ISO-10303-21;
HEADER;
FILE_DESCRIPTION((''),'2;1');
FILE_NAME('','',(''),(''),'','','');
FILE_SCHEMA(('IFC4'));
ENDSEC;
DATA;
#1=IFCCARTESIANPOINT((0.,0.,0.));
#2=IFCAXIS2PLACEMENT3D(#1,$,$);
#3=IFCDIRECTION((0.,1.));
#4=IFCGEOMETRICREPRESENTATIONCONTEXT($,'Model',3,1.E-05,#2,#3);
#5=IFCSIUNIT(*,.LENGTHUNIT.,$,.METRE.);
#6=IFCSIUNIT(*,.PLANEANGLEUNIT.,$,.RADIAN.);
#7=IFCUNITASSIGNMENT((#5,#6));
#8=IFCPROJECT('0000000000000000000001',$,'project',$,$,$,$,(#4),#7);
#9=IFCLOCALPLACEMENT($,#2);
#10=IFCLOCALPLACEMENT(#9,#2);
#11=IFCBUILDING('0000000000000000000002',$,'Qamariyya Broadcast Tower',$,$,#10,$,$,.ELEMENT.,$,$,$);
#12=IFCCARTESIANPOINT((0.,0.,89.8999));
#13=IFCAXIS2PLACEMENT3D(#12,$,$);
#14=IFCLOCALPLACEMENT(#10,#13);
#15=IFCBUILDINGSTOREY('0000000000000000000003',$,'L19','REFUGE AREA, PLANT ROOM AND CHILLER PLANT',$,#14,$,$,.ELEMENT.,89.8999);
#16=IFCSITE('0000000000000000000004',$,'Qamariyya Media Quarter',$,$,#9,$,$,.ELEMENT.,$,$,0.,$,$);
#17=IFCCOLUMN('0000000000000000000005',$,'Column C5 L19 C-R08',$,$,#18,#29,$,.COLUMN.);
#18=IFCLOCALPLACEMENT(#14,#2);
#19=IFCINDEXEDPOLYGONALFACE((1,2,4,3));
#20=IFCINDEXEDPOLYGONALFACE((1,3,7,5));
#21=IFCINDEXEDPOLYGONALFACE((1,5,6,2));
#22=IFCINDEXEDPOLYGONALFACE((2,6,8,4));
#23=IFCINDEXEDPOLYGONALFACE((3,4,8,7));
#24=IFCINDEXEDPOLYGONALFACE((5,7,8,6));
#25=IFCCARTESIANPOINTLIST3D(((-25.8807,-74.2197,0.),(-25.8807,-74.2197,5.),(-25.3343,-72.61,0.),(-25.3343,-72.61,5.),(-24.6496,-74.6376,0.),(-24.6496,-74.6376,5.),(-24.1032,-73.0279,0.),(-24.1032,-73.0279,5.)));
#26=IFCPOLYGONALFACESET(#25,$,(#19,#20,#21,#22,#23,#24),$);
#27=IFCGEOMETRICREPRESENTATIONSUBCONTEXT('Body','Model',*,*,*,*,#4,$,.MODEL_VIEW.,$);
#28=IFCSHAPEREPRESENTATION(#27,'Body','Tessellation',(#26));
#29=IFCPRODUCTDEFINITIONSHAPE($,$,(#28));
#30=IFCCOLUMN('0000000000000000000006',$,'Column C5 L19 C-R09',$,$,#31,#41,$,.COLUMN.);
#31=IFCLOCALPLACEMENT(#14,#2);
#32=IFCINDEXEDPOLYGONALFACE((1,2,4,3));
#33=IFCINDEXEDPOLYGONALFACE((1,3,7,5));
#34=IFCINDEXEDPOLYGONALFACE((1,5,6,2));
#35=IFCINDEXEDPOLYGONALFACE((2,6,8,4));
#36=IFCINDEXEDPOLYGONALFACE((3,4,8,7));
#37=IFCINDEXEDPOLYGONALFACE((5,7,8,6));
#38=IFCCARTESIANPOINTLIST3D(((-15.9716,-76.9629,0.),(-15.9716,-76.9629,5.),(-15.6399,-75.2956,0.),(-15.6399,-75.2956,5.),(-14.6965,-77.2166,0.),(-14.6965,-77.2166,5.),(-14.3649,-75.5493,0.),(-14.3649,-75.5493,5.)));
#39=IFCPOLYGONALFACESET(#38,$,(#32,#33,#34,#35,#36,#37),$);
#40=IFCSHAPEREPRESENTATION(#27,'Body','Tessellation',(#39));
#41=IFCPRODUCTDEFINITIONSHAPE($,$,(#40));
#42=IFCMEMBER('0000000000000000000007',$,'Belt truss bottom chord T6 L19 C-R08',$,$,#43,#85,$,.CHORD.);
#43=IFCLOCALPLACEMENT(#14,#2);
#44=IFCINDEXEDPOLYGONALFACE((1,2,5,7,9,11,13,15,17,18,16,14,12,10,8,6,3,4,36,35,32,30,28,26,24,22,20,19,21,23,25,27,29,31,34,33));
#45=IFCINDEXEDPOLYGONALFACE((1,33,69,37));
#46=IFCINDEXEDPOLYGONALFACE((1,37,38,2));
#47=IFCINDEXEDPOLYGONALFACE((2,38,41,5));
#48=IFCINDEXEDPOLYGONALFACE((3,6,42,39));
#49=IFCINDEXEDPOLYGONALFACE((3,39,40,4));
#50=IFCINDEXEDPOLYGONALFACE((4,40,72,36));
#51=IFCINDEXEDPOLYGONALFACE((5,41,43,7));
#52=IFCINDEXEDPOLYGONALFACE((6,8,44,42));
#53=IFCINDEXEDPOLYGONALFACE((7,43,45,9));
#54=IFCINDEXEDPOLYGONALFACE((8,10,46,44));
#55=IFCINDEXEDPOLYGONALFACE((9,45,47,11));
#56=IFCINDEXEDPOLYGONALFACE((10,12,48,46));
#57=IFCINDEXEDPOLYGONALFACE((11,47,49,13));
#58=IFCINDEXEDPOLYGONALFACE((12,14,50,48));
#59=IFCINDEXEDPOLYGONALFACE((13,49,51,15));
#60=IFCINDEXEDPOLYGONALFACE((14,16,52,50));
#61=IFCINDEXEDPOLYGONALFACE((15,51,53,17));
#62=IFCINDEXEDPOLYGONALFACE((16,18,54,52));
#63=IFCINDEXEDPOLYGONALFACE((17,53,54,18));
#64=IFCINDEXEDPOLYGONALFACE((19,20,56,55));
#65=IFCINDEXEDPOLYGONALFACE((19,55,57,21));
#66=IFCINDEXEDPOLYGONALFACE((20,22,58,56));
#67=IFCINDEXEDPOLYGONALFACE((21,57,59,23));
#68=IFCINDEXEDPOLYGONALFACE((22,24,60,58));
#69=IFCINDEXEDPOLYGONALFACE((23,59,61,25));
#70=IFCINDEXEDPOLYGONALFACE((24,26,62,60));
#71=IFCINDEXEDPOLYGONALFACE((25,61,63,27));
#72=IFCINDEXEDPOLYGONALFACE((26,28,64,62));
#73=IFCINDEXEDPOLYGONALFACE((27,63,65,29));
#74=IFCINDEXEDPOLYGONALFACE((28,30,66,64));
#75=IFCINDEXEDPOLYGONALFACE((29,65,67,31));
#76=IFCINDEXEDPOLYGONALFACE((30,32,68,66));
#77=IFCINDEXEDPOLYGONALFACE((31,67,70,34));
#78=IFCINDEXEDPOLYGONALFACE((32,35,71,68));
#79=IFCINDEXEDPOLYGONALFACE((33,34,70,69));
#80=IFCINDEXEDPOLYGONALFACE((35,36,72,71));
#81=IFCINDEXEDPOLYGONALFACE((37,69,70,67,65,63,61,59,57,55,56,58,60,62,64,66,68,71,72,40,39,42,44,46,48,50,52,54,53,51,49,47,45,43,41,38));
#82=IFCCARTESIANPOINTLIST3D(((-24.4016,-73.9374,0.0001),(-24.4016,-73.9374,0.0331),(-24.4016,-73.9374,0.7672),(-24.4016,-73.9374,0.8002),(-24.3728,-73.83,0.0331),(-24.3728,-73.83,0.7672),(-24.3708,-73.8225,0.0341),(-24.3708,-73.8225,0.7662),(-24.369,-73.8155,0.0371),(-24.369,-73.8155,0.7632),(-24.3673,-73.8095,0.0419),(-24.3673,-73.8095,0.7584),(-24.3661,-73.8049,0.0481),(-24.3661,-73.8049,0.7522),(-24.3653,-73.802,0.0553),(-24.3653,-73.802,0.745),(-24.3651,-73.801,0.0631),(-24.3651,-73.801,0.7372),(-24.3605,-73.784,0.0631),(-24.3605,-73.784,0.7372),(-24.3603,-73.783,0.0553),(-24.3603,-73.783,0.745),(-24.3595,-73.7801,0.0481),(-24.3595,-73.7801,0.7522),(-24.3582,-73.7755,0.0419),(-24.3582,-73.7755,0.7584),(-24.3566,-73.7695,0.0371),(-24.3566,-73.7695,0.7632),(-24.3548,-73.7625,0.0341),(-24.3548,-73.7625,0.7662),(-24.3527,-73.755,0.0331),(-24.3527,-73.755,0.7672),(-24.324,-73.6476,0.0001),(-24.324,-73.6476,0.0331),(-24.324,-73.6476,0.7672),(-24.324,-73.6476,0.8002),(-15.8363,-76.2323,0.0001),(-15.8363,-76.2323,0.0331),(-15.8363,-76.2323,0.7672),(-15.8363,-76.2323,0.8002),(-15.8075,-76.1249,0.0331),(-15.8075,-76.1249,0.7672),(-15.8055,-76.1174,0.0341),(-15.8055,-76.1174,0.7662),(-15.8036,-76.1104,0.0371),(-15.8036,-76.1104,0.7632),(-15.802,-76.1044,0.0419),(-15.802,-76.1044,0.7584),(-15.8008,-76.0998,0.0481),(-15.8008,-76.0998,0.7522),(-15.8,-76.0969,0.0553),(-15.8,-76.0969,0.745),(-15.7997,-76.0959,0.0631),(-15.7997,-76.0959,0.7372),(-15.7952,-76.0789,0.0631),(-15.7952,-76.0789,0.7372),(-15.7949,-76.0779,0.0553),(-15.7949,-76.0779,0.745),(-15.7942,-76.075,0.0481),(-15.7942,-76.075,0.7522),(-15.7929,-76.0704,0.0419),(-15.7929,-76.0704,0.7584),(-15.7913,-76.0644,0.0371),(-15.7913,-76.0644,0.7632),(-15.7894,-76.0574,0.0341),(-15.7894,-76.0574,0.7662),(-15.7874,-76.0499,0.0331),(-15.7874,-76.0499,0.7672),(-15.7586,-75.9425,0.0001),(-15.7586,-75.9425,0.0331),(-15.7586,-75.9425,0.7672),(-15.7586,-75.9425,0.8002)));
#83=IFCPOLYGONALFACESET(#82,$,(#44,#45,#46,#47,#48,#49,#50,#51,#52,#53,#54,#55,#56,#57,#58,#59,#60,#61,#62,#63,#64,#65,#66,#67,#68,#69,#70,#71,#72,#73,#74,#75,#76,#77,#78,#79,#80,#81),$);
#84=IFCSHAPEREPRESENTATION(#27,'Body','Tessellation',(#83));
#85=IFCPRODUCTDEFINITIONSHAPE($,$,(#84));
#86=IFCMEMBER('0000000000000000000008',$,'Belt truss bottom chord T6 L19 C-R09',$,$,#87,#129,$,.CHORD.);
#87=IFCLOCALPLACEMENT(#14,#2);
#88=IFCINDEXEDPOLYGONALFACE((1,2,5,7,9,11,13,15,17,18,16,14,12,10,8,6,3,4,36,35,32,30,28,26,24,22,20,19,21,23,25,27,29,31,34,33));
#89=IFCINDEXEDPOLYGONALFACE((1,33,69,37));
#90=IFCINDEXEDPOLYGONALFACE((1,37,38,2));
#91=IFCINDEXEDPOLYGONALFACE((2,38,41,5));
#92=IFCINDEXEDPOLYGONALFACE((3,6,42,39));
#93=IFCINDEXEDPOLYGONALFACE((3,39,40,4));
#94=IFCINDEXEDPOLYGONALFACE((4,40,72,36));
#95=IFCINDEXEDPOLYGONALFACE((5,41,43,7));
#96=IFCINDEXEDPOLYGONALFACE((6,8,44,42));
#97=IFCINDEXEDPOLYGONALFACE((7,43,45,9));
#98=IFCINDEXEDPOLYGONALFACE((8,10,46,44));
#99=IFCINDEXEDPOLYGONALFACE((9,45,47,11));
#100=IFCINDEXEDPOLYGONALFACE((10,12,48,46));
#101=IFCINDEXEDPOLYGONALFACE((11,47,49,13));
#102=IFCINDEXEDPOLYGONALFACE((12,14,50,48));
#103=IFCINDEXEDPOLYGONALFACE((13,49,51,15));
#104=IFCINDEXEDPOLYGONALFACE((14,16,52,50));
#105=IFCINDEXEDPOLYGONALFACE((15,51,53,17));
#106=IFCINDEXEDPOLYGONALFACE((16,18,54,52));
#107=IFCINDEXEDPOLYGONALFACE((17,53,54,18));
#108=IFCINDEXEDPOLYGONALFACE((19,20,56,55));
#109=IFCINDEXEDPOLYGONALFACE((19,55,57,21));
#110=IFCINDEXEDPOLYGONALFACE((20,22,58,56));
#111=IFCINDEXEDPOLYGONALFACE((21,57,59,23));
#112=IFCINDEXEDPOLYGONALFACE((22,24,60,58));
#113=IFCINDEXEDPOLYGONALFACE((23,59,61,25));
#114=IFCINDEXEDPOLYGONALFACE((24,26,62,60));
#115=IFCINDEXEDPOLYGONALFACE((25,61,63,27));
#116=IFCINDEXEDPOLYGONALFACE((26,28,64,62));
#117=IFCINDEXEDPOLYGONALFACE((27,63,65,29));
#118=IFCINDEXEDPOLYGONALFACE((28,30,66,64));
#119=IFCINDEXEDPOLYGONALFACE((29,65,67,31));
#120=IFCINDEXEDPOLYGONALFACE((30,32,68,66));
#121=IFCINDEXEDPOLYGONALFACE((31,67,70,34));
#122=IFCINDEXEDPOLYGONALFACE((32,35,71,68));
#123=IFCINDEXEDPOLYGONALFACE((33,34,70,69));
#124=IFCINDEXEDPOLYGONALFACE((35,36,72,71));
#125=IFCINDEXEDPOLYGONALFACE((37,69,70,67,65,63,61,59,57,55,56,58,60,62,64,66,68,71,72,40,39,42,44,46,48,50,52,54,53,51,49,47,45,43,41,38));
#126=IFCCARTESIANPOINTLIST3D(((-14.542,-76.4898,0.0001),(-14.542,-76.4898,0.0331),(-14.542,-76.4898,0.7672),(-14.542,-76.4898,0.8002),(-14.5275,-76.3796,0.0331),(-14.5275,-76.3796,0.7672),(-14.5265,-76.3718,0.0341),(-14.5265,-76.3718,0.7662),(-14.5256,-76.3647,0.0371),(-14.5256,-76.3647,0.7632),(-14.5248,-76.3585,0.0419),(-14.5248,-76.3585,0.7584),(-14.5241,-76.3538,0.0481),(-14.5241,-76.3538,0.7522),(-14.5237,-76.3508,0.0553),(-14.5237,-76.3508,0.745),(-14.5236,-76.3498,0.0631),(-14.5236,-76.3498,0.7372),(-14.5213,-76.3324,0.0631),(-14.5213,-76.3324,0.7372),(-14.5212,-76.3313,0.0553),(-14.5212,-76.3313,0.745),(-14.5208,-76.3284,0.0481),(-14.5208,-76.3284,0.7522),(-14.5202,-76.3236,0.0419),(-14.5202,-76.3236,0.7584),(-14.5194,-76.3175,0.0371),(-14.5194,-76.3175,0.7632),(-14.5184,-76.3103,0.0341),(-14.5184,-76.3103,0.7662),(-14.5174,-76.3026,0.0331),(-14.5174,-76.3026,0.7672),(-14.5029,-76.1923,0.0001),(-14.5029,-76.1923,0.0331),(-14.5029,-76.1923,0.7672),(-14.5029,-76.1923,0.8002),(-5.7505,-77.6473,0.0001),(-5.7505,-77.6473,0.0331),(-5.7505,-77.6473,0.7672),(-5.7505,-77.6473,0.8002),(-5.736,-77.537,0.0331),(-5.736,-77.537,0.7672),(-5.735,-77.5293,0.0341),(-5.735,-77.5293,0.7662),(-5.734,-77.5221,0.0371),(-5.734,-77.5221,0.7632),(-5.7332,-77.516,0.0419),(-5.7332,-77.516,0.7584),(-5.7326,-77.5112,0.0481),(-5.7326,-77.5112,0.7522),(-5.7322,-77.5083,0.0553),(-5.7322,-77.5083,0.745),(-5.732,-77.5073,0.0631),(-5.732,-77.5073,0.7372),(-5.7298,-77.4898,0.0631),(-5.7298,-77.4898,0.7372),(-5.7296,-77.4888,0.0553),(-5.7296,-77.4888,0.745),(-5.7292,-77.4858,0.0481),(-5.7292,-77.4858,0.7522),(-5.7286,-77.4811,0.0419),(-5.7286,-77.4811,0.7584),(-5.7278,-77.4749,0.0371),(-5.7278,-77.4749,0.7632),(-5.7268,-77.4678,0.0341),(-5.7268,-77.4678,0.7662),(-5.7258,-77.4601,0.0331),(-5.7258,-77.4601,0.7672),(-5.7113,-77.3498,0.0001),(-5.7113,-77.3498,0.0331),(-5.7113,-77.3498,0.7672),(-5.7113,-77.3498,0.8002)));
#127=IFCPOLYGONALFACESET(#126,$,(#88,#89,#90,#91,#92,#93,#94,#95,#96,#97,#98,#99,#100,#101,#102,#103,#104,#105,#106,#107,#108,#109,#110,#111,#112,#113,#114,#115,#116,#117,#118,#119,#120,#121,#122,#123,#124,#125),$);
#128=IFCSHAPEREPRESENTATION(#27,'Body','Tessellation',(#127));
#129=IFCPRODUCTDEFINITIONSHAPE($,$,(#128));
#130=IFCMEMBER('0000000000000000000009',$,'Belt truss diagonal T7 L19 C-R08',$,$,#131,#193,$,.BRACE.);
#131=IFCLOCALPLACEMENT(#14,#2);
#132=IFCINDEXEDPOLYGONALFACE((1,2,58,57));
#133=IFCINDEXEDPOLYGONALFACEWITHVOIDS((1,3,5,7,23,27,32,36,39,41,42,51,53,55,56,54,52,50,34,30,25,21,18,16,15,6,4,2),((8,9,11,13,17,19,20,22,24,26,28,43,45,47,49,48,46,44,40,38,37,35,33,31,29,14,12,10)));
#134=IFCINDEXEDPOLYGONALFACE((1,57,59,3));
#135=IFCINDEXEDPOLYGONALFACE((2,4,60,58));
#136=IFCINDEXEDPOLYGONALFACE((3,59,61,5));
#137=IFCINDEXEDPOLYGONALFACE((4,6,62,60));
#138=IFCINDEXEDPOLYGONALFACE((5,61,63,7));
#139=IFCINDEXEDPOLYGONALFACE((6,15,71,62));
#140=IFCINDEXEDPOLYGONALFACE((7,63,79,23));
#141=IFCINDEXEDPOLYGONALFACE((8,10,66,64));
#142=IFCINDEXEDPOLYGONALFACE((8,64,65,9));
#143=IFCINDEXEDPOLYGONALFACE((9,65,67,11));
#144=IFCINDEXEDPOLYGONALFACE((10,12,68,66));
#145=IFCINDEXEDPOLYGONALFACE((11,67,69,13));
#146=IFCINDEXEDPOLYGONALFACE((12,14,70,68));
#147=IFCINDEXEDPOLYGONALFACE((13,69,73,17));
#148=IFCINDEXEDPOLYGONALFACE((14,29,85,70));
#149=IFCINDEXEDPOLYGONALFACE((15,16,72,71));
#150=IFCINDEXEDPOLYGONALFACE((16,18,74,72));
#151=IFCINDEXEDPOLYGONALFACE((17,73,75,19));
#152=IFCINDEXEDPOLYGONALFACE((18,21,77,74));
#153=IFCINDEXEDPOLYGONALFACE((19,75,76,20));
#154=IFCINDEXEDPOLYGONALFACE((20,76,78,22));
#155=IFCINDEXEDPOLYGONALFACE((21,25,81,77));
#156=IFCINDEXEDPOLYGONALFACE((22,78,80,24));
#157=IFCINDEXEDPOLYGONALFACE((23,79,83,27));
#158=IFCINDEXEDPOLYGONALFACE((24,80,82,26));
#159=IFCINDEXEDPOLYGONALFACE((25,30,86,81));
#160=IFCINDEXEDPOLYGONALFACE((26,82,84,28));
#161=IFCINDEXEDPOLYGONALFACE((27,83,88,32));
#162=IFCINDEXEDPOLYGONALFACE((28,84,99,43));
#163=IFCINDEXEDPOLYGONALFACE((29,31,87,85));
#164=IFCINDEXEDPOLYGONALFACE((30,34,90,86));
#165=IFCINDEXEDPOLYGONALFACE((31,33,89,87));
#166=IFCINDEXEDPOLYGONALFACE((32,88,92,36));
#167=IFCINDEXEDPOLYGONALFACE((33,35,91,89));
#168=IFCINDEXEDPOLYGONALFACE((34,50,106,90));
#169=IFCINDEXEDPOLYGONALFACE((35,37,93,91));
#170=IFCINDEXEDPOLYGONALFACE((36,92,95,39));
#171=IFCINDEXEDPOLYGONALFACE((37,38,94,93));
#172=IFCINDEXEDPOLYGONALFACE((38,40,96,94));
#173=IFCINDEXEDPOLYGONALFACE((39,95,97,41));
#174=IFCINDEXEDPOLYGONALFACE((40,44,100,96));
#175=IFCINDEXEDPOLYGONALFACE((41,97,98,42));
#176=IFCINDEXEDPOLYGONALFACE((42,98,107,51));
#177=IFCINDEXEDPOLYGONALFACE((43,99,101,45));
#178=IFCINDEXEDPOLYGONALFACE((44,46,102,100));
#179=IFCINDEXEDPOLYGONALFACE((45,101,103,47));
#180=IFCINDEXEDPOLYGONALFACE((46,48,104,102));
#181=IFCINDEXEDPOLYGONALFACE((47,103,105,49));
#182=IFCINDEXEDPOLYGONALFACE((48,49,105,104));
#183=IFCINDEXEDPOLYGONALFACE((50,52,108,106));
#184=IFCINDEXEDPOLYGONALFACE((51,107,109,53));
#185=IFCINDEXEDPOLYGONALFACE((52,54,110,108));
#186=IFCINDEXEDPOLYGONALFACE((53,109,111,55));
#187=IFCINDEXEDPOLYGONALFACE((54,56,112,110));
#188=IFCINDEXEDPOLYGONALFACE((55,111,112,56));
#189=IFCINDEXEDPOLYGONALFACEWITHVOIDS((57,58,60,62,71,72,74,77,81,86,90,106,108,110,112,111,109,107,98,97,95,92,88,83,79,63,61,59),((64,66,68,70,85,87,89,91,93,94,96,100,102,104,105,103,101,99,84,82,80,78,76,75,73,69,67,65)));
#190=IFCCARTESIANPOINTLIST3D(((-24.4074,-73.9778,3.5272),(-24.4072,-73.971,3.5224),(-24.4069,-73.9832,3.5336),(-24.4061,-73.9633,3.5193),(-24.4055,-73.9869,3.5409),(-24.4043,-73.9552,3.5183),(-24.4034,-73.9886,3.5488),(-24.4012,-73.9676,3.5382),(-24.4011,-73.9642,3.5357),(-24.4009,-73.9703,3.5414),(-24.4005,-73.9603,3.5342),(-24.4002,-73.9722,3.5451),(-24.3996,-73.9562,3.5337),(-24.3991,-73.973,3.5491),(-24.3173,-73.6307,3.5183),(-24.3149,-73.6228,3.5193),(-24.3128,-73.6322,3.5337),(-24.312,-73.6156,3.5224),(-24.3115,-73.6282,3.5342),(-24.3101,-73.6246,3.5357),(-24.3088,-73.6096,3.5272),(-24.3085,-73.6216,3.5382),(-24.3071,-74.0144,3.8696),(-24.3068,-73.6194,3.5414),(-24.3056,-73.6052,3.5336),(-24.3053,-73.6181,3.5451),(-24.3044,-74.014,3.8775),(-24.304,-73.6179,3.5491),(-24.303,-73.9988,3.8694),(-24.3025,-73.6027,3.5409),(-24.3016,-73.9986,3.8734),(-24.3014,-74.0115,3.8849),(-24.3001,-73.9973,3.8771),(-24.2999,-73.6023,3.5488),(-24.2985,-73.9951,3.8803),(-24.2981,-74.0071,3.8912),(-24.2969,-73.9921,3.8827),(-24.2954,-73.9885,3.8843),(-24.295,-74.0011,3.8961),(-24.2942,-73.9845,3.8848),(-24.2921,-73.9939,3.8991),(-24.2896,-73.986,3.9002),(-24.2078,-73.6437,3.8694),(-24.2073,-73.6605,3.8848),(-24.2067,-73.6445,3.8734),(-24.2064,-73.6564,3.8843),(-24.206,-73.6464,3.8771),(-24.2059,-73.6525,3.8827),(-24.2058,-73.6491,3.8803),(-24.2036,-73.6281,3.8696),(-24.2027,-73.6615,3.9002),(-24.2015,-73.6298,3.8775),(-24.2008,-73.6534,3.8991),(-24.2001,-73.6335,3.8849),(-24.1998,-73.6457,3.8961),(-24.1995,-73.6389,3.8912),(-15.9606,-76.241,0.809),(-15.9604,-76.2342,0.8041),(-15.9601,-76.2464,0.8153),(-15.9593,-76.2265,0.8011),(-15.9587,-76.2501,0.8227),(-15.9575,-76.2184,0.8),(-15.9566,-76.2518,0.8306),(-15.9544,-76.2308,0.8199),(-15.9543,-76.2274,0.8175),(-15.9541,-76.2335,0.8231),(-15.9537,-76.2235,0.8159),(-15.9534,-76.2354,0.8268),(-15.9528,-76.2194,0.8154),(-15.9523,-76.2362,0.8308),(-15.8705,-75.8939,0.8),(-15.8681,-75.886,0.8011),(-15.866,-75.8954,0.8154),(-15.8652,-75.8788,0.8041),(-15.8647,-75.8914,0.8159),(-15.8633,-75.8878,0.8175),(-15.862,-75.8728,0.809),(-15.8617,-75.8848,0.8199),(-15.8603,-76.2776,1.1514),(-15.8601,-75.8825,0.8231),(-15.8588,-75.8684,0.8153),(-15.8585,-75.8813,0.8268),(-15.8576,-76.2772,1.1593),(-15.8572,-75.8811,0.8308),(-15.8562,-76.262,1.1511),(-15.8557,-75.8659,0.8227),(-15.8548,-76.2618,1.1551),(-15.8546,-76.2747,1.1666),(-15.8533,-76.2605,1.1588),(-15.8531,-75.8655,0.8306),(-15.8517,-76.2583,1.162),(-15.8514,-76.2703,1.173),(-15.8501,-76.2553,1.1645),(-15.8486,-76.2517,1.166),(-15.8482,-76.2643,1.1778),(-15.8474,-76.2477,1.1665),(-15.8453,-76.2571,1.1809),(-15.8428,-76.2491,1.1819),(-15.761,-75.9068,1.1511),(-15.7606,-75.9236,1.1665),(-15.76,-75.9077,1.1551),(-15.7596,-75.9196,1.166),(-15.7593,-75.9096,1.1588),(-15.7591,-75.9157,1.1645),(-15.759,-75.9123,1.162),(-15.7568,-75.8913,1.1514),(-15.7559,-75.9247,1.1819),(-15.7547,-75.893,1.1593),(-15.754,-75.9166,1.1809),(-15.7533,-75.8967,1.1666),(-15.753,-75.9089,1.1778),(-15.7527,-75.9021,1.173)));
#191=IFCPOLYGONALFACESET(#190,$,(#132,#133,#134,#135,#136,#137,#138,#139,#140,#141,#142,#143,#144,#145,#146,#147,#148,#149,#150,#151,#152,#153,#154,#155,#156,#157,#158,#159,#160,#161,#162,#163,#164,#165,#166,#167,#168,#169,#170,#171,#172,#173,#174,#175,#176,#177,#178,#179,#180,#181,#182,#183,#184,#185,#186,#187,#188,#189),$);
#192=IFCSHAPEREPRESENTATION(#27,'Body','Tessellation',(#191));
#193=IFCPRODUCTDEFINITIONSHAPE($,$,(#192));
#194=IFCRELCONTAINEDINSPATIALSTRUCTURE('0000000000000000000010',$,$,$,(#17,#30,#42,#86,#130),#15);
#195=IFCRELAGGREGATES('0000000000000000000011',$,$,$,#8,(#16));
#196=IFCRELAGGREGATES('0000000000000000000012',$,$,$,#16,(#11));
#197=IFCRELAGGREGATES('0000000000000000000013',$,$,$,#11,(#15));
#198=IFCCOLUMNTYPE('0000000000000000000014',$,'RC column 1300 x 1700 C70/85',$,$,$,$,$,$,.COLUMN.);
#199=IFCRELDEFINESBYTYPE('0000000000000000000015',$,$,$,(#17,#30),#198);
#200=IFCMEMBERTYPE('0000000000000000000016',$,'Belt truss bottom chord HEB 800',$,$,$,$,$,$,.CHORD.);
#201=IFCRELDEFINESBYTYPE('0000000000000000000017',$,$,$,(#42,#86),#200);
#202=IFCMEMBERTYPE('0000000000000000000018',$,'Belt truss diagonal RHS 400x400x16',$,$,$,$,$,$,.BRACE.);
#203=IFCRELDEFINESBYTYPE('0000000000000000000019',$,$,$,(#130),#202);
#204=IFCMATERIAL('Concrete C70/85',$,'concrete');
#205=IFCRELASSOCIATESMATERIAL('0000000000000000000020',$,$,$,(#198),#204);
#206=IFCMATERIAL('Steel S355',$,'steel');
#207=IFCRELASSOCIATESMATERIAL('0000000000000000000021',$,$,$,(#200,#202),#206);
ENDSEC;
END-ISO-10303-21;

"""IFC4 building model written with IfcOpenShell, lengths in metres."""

from ifc_helpers import new_model, si_unit, direction, frame, origin, origin_2d, place, context, subcontext, project, spatial, rectangle, hollow_rectangle, i_section, extrude, material, material_profile, profile_set, type_object, element, save


model = new_model("IFC4")

# Units and contexts
model_context = context("Model", 3, precision=1e-05, world=origin(), true_north=direction((0.0, 1.0)))
body_context = subcontext(model_context, "Body", "Model", "MODEL_VIEW")
ifc_project = project(units=[si_unit("LENGTHUNIT", "METRE"), si_unit("PLANEANGLEUNIT", "RADIAN")], contexts=[model_context])

# Site, building, storey
site_placement = place(None, origin())
site = spatial("IfcSite", under=ifc_project, at=site_placement, Name="Qamariyya Media Quarter", CompositionType="ELEMENT", RefElevation=0.0)
building_placement = place(site_placement, origin())
building = spatial("IfcBuilding", under=site, at=building_placement, Name="Qamariyya Broadcast Tower", CompositionType="ELEMENT")
storey_placement = place(building_placement, frame((0.0, 0.0, 89.8999)))
storey = spatial("IfcBuildingStorey", under=building, at=storey_placement, Name="L19", Description="REFUGE AREA, PLANT ROOM AND CHILLER PLANT", CompositionType="ELEMENT", Elevation=89.8999)

# Columns
ifc_material_1 = material(Name="Concrete C70/85", Category="concrete")
ifc_material_profile_1 = material_profile(ifc_material_1, rectangle(XDim=1.3, YDim=1.7, at=origin_2d()))
ifc_profile_set_1 = profile_set([ifc_material_profile_1], Name="Concrete C70/85")
column_type = type_object("IfcColumnType", Name="RC column 1300 x 1700 C70/85", PredefinedType="COLUMN", material=ifc_profile_set_1)
for number, where, z_axis, x_axis, name in (
    (1, (-24.9919, -73.6238, 0.0), (0.0, 0.0, 1.0), (0.94693, -0.321439, 0.0), "Column C5 L19 C-R08"),
    (2, (-15.1682, -76.2561, 0.0), (0.0, 0.0, 1.0), (0.980785, -0.19509, 0.0), "Column C5 L19 C-R09"),
):
    element("IfcColumn", number, at=place(storey_placement, frame(where, z_axis=z_axis, x_axis=x_axis)), inside=storey, type_object=column_type, Name=name, PredefinedType="COLUMN", context=body_context, shape_type="SweptSolid", body=[
        extrude(rectangle(XDim=1.3, YDim=1.7, at=origin_2d()), origin(), (0.0, 0.0, 1.0), 5.0),
    ])

# Members
ifc_material_2 = material(Name="Steel S355", Category="steel")
ifc_material_profile_2 = material_profile(ifc_material_2, i_section(OverallWidth=0.3, OverallDepth=0.8, WebThickness=0.0176, FlangeThickness=0.033, FilletRadius=0.03, at=origin_2d()))
ifc_profile_set_2 = profile_set([ifc_material_profile_2], Name="Steel S355")
member_type_1 = type_object("IfcMemberType", Name="Belt truss bottom chord HEB 800", PredefinedType="CHORD", material=ifc_profile_set_2)
for number, where, z_axis, x_axis, name in (
    (3, (-24.3628, -73.7925, 0.4001), (0.965931, -0.2588, 0.0), (0.2588, 0.965931, 0.0), "Belt truss bottom chord T6 L19 C-R08"),
    (4, (-14.5225, -76.3411, 0.4001), (0.991444, -0.130531, 0.0), (0.130531, 0.991444, 0.0), "Belt truss bottom chord T6 L19 C-R09"),
):
    element("IfcMember", number, at=place(storey_placement, frame(where, z_axis=z_axis, x_axis=x_axis)), inside=storey, type_object=member_type_1, Name=name, PredefinedType="CHORD", context=body_context, shape_type="SweptSolid", body=[
        extrude(i_section(OverallWidth=0.3, OverallDepth=0.8, WebThickness=0.0176, FlangeThickness=0.033, FilletRadius=0.03, at=origin_2d()), origin(), (0.0, 0.0, 1.0), 8.8674),
    ])
ifc_material_profile_3 = material_profile(ifc_material_2, hollow_rectangle(XDim=0.3999, YDim=0.3999, WallThickness=0.0161, InnerFilletRadius=0.0161, OuterFilletRadius=0.032, at=origin_2d()))
ifc_profile_set_3 = profile_set([ifc_material_profile_3], Name="Steel S355")
member_type_2 = type_object("IfcMemberType", Name="Belt truss diagonal RHS 400x400x16", PredefinedType="BRACE", material=ifc_profile_set_3)
member_placement = place(storey_placement, frame((-24.3035, -73.8083, 3.7092), z_axis=(0.922393, -0.247141, -0.296836), x_axis=(0.258806, 0.965929, 0.0)))
element("IfcMember", 5, at=member_placement, inside=storey, type_object=member_type_2, Name="Belt truss diagonal T7 L19 C-R08", PredefinedType="BRACE", context=body_context, shape_type="SweptSolid", body=[
    extrude(hollow_rectangle(XDim=0.3999, YDim=0.3999, WallThickness=0.0161, InnerFilletRadius=0.0161, OuterFilletRadius=0.032, at=origin_2d()), origin(), (0.0, 0.0, 1.0), 9.1575),
])

save(model, "model.ifc")
